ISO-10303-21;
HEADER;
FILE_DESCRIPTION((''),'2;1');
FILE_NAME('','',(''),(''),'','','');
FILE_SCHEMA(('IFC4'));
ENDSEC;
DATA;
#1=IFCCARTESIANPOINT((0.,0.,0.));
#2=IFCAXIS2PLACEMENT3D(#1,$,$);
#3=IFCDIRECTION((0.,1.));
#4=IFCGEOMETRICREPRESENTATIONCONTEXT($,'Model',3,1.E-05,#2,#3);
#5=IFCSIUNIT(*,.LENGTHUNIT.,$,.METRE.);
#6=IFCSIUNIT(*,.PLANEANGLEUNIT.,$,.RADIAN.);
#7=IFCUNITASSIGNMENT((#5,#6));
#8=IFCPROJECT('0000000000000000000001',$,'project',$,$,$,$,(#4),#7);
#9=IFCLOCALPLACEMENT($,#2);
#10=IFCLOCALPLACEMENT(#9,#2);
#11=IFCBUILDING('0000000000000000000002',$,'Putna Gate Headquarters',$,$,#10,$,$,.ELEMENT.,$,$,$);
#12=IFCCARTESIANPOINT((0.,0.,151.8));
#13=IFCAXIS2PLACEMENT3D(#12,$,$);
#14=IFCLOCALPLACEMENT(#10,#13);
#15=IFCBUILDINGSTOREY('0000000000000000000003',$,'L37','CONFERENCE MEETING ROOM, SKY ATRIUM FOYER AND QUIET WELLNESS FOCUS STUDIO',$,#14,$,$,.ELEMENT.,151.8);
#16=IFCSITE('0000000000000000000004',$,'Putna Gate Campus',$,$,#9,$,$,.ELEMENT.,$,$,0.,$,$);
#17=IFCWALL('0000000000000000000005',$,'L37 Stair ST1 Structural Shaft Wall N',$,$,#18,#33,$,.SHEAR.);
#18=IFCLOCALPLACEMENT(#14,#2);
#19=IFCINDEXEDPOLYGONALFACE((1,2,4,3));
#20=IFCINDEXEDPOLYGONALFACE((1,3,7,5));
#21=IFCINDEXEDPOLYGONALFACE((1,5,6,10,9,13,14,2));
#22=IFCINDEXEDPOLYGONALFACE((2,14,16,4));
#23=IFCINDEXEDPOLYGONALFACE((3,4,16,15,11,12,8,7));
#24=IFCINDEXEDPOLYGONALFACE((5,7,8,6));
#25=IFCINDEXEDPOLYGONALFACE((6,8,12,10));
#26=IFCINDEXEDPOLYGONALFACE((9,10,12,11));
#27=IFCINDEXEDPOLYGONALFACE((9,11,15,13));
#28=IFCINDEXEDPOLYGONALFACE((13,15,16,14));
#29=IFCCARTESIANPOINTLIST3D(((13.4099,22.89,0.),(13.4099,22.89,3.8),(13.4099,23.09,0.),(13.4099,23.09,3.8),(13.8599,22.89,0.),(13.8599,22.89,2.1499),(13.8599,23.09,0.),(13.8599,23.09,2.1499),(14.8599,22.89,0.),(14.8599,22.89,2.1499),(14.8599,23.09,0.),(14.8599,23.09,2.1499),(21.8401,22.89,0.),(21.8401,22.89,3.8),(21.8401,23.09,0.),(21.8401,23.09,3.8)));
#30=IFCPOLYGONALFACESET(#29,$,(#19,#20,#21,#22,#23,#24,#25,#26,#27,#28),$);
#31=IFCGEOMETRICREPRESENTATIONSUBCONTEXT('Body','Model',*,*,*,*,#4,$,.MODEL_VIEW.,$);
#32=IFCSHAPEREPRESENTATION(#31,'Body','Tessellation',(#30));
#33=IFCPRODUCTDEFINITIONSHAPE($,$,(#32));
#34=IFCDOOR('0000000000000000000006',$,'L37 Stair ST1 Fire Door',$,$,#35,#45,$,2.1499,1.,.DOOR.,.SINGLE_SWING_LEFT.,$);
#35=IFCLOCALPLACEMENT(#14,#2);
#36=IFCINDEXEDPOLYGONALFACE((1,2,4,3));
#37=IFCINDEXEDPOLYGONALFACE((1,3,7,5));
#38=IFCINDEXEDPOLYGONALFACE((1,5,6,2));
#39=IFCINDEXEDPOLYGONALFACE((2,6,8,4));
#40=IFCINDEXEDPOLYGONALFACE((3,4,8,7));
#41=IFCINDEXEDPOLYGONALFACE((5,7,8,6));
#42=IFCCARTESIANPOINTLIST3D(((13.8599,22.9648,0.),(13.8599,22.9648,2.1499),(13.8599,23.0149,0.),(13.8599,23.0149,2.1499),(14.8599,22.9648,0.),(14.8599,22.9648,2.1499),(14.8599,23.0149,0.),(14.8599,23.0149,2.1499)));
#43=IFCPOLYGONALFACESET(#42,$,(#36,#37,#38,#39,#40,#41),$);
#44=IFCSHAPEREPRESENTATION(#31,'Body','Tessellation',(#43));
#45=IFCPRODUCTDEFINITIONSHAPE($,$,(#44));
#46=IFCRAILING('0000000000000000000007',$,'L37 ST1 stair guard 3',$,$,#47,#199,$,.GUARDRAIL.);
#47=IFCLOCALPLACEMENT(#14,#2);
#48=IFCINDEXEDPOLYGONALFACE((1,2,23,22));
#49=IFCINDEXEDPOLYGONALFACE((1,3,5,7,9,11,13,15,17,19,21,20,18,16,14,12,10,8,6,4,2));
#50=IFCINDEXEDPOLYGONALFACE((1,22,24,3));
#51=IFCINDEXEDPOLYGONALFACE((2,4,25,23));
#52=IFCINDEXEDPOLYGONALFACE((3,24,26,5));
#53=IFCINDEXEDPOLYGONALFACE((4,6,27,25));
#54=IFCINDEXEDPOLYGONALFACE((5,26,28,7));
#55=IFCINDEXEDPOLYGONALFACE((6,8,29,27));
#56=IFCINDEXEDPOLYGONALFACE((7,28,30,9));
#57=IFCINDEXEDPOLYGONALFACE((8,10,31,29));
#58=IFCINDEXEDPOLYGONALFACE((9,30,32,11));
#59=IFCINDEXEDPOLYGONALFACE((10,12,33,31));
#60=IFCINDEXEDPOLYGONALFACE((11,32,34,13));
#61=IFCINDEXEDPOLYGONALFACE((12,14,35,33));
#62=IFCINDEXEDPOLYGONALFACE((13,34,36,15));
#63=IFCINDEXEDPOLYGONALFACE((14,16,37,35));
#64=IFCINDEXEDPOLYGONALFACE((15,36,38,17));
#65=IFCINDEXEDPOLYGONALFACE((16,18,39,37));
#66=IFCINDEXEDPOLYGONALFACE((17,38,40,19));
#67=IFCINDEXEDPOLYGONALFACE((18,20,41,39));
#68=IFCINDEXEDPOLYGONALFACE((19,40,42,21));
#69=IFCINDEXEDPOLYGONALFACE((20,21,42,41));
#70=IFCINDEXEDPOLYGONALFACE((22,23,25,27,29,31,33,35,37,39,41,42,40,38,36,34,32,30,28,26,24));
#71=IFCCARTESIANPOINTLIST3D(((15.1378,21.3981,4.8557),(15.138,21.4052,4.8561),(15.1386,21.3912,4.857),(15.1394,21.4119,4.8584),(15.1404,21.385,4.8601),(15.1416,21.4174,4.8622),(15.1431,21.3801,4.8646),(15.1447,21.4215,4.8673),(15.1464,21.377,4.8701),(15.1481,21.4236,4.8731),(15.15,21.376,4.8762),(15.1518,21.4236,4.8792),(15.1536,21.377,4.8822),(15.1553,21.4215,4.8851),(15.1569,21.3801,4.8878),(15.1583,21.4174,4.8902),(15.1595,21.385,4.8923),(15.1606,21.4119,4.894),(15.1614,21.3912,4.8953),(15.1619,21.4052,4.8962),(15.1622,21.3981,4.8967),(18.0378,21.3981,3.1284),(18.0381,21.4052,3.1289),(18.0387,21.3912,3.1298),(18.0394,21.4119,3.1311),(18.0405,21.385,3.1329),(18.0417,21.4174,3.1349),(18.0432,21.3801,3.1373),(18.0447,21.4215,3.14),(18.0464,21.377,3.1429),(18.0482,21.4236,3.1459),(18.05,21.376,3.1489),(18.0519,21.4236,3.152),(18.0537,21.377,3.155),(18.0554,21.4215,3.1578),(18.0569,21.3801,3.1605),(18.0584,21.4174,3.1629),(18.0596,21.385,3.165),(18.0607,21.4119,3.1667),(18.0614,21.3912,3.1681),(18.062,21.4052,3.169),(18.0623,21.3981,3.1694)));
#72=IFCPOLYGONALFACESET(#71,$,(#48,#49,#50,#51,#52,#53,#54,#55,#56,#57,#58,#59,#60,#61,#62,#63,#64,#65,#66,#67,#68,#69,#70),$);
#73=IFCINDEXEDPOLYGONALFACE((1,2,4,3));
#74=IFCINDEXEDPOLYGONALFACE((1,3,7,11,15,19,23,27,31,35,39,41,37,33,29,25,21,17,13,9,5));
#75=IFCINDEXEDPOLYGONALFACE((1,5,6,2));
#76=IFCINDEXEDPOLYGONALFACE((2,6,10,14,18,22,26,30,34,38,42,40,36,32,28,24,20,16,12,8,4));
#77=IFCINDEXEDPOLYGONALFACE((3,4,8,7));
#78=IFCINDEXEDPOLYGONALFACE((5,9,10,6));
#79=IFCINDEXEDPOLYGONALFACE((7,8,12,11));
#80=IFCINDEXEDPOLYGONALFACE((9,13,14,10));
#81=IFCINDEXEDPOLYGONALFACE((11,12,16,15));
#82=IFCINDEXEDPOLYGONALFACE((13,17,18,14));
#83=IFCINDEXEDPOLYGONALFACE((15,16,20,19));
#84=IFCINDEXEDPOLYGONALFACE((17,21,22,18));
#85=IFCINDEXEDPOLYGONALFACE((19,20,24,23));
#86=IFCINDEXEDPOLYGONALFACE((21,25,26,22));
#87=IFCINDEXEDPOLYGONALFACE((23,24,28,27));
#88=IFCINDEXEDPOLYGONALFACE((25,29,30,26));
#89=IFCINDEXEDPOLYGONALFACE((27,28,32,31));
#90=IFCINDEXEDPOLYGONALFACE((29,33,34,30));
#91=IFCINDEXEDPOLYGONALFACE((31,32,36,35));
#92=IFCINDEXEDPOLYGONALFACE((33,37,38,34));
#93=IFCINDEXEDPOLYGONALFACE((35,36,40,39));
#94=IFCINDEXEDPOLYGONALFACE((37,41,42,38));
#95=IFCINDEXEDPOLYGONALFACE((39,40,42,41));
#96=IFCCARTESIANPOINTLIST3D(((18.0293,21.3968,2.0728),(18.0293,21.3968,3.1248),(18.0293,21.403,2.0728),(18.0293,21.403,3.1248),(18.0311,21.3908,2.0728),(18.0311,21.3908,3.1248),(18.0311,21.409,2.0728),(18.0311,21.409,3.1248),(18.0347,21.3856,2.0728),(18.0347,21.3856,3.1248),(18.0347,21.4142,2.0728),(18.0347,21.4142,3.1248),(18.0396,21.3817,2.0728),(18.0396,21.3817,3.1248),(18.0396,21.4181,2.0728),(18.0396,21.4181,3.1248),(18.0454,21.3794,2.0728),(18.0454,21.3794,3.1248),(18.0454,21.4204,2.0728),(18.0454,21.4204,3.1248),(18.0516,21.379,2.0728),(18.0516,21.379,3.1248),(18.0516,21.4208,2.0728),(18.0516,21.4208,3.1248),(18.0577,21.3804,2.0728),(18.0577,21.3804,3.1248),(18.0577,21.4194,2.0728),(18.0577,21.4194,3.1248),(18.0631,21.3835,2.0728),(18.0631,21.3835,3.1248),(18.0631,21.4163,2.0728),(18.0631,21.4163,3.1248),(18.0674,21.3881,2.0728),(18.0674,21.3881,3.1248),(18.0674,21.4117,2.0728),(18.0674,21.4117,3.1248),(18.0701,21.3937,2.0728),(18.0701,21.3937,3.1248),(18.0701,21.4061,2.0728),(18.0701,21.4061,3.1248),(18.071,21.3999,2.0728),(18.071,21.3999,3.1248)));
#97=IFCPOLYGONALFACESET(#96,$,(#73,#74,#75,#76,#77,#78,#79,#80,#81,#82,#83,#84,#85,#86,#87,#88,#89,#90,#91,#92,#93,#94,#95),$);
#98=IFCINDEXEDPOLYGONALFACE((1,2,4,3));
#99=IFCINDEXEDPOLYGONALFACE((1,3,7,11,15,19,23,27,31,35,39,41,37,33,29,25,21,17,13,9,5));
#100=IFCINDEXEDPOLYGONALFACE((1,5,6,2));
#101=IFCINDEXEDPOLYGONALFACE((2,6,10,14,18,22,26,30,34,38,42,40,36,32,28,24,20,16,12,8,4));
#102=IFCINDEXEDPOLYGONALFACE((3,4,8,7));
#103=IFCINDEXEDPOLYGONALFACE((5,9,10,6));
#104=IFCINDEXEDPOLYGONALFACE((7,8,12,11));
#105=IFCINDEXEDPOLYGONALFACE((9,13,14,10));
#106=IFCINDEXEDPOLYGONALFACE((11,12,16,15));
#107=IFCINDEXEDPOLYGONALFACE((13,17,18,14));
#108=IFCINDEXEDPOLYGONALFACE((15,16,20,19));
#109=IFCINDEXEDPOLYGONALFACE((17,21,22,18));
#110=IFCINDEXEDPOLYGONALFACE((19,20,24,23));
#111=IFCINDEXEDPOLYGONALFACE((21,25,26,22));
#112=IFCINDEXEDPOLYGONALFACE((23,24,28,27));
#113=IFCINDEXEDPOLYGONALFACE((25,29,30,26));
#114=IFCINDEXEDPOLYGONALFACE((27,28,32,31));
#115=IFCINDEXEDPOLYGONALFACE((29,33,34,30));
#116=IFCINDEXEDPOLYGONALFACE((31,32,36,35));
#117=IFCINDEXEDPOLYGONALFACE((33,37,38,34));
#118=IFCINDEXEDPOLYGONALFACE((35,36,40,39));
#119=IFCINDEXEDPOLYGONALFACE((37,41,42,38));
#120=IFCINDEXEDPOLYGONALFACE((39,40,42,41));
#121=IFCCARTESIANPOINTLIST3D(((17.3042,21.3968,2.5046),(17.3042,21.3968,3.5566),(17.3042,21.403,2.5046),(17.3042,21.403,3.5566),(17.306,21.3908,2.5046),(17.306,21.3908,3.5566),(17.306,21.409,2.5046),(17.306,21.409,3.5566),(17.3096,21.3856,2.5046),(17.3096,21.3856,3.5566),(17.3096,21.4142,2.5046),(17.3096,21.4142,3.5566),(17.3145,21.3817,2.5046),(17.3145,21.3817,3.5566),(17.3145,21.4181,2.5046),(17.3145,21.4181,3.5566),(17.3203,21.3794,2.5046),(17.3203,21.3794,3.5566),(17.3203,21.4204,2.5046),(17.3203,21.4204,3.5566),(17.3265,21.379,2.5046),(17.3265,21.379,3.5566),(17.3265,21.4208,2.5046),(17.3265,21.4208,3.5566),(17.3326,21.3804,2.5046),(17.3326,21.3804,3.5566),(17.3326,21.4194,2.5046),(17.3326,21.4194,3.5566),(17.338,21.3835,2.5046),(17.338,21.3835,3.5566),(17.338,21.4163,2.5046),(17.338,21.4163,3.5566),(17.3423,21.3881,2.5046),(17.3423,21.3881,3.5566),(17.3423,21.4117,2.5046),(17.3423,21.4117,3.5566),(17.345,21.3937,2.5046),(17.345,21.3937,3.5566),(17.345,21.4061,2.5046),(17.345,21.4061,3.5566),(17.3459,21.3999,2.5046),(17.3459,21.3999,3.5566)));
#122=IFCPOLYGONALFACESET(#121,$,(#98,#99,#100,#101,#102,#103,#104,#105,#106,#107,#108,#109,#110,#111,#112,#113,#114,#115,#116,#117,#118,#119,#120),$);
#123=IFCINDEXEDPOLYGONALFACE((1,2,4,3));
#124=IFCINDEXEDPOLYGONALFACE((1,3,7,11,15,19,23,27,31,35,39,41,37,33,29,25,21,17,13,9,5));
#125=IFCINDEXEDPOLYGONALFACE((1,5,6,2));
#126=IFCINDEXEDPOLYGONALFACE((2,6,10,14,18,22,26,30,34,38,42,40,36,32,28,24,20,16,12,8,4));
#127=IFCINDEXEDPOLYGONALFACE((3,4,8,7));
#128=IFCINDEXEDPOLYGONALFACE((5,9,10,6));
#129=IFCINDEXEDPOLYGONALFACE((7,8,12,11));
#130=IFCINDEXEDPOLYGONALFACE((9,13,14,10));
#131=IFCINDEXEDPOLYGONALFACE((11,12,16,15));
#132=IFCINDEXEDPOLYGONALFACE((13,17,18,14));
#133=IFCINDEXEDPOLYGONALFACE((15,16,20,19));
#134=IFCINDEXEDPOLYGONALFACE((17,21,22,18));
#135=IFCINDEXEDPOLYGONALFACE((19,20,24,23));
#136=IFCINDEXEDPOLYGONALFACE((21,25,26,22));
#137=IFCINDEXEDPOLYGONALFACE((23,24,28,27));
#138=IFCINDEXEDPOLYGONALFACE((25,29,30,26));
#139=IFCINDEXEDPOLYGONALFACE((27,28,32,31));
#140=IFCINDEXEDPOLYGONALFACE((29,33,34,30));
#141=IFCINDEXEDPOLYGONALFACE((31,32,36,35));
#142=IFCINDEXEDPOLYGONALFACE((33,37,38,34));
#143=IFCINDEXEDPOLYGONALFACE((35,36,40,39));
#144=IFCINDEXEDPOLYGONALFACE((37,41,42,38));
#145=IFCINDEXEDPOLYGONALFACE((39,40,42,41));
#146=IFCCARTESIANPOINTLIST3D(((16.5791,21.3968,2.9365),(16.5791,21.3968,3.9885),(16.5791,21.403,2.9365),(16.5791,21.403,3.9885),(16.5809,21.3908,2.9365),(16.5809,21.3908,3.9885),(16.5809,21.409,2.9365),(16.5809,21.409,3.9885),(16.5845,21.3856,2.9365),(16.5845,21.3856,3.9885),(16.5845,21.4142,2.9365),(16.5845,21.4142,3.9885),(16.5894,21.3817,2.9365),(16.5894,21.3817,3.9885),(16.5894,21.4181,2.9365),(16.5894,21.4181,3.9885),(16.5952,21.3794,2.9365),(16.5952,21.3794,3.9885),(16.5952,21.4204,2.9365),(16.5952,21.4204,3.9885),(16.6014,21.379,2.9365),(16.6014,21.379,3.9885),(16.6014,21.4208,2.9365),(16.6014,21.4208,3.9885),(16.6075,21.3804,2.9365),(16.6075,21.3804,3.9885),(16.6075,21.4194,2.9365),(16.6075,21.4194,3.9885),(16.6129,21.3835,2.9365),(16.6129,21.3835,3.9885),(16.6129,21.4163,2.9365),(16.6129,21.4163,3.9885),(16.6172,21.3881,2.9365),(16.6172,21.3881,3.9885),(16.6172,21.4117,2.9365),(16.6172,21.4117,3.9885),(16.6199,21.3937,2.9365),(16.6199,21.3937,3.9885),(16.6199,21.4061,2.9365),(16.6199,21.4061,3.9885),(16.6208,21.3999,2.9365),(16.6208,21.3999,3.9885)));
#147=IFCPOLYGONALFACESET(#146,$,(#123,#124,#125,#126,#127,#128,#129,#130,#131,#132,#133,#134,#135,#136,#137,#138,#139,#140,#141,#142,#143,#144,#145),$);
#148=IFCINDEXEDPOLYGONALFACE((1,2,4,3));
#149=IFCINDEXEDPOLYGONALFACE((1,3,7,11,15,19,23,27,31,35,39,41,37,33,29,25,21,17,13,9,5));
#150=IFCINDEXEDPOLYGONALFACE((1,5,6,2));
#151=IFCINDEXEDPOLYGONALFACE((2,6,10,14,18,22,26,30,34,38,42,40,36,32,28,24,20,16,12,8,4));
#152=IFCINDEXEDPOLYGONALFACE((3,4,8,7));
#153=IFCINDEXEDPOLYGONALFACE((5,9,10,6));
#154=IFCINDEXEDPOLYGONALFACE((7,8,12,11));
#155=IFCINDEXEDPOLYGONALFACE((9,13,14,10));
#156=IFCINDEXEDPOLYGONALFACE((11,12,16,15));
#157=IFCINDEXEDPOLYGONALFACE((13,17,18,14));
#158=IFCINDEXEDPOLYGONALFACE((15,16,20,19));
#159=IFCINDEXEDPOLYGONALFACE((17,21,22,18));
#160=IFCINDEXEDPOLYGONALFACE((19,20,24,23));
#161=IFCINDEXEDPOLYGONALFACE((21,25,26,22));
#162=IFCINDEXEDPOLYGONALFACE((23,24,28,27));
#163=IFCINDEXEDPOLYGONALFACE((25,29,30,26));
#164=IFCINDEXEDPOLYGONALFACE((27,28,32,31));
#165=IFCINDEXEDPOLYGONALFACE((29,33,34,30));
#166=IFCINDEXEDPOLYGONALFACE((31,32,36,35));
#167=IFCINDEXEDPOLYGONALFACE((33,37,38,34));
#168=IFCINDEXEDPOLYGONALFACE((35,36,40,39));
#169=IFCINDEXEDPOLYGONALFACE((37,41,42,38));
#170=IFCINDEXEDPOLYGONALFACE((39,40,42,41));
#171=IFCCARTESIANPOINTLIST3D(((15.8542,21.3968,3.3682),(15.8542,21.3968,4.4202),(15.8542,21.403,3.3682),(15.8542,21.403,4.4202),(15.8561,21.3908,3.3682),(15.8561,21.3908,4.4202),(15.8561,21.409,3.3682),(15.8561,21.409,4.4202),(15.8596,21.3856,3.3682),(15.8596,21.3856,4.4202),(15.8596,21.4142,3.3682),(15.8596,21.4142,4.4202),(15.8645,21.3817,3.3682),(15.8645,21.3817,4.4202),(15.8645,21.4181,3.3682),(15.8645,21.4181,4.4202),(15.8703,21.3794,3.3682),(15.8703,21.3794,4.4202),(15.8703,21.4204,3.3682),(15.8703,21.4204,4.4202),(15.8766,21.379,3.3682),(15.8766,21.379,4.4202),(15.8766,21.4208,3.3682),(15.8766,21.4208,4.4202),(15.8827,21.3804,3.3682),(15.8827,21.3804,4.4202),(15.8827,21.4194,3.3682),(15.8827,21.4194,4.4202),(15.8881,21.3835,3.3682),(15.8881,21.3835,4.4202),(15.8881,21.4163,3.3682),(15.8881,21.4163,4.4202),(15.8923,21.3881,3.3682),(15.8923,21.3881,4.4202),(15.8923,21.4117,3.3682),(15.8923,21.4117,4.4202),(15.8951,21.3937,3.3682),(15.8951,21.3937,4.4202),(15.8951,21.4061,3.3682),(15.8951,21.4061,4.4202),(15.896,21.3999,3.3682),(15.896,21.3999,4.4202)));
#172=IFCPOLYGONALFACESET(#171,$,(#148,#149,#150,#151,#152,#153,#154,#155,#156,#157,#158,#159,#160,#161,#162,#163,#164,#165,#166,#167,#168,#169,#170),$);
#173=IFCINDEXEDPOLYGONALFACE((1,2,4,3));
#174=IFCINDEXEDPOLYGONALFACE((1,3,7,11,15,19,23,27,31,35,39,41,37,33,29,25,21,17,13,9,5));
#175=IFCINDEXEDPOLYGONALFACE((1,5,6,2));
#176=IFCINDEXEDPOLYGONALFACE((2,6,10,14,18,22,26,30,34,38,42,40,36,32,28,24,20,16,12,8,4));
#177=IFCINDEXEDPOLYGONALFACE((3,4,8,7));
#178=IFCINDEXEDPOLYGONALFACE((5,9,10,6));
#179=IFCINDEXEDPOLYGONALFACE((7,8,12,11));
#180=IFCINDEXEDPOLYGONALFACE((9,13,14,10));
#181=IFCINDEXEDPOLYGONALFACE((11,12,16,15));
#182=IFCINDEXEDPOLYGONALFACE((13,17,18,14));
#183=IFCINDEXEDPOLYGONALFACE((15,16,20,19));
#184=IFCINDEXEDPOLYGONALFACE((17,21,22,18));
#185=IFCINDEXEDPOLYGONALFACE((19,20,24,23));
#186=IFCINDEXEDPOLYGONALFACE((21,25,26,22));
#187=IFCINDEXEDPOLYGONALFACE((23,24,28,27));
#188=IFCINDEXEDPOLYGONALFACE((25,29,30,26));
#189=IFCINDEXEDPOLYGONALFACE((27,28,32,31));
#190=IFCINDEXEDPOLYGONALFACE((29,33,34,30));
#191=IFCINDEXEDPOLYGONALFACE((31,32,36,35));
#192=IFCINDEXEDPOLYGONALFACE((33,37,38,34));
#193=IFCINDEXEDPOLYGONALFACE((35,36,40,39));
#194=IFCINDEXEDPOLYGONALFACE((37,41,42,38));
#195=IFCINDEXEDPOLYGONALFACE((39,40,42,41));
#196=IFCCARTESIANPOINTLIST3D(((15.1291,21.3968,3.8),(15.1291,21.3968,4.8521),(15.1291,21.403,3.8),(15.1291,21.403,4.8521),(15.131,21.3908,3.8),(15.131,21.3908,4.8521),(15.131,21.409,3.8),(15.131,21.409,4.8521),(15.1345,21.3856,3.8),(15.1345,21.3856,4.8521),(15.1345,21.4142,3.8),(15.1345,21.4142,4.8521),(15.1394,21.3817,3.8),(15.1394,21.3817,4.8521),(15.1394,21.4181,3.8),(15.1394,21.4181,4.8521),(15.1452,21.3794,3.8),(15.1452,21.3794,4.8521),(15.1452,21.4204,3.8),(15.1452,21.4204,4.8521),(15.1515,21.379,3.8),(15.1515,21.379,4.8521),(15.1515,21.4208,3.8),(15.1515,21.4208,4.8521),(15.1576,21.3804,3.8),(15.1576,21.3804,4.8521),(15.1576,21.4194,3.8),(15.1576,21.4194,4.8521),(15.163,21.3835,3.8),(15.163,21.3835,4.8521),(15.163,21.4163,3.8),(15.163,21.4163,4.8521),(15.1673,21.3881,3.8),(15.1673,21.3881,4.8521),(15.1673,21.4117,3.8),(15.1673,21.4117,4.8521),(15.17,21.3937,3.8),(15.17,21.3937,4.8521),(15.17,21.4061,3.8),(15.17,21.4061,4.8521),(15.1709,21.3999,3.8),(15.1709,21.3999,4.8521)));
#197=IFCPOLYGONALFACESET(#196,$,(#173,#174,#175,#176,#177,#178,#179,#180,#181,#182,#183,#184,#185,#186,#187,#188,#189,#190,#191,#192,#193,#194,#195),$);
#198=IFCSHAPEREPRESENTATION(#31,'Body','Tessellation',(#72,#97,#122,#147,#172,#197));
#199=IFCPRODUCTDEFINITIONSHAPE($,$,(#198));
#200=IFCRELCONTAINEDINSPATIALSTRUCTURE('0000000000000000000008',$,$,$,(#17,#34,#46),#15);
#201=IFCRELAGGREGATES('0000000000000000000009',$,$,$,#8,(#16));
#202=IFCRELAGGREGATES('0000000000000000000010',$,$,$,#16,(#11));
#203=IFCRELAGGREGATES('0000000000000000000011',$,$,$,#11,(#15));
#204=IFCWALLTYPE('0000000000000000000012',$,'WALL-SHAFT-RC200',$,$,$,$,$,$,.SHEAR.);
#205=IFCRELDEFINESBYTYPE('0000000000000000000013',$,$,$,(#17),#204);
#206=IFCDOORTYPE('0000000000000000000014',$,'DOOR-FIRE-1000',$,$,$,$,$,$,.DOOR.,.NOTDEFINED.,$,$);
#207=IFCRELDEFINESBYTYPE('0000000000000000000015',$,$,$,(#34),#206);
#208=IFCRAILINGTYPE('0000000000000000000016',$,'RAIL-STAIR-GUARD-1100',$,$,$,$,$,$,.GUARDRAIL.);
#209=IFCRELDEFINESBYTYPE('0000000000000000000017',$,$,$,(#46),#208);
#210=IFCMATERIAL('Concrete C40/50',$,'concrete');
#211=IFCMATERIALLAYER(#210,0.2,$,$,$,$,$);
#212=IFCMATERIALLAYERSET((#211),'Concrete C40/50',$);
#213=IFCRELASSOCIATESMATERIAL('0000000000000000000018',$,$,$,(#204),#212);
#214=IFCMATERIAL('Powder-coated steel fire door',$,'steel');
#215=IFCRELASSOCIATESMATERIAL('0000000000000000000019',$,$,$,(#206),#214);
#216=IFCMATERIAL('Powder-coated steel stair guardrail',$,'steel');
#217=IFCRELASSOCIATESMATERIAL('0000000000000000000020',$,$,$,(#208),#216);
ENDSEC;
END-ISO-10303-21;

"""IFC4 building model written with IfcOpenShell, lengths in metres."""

from ifc_helpers import new_model, si_unit, direction, frame, frame_2d, origin, origin_2d, place, context, subcontext, project, spatial, rectangle, circle, extrude, material, layer, layer_set, type_object, element, fill, save


model = new_model("IFC4")

# Units and contexts
model_context = context("Model", 3, precision=1e-05, world=origin(), true_north=direction((0.0, 1.0)))
body_context = subcontext(model_context, "Body", "Model", "MODEL_VIEW")
ifc_project = project(units=[si_unit("LENGTHUNIT", "METRE"), si_unit("PLANEANGLEUNIT", "RADIAN")], contexts=[model_context])

# Site, building, storey
site_placement = place(None, origin())
site = spatial("IfcSite", under=ifc_project, at=site_placement, Name="Putna Gate Campus", CompositionType="ELEMENT", RefElevation=0.0)
building_placement = place(site_placement, origin())
building = spatial("IfcBuilding", under=site, at=building_placement, Name="Putna Gate Headquarters", CompositionType="ELEMENT")
storey_placement = place(building_placement, frame((0.0, 0.0, 151.8)))
storey = spatial("IfcBuildingStorey", under=building, at=storey_placement, Name="L37", Description="CONFERENCE MEETING ROOM, SKY ATRIUM FOYER AND QUIET WELLNESS FOCUS STUDIO", CompositionType="ELEMENT", Elevation=151.8)

# Shared definitions
ifc_material_1 = material(Name="Concrete C40/50", Category="concrete")

# Wall, opening, door
ifc_layer_1 = layer(ifc_material_1, 0.2)
ifc_layer_set_1 = layer_set([ifc_layer_1], Name="Concrete C40/50")
wall_type_1 = type_object("IfcWallType", Name="WALL-SHAFT-RC200", PredefinedType="SHEAR", material=ifc_layer_set_1)
wall_1_placement = place(storey_placement, frame((13.4099, 22.99, 0.0), z_axis=(0.0, 0.0, 1.0), x_axis=(1.0, 0.0, 0.0)))
wall_1 = element("IfcWall", 1, at=wall_1_placement, inside=storey, type_object=wall_type_1, Name="L37 Stair ST1 Structural Shaft Wall N", PredefinedType="SHEAR", context=body_context, shape_type="SweptSolid", body=[
    extrude(rectangle(XDim=8.4302, YDim=0.2, at=frame_2d((4.2151, 0.0))), origin(), (0.0, 0.0, 1.0), 3.8),
])
opening_1_placement = place(wall_1_placement, frame((0.45, 0.0, 0.0)))
opening_1 = element("IfcOpeningElement", 2, at=opening_1_placement, cuts=wall_1, PredefinedType="OPENING", context=body_context, shape_type="SweptSolid", body=[
    extrude(rectangle(XDim=1.0, YDim=2.1499, at=frame_2d((0.5, 1.075))), frame((0.0, 0.1099, 0.0), z_axis=(0.0, -1.0, 0.0), x_axis=(1.0, 0.0, 0.0)), (0.0, 0.0, 1.0), 0.22),
])
ifc_material_2 = material(Name="Powder-coated steel fire door", Category="steel")
door_type_1 = type_object("IfcDoorType", Name="DOOR-FIRE-1000", OperationType="NOTDEFINED", PredefinedType="DOOR", material=ifc_material_2)
door_1_placement = place(opening_1_placement, origin())
door_1 = element("IfcDoor", 3, at=door_1_placement, inside=storey, type_object=door_type_1, Name="L37 Stair ST1 Fire Door", OperationType="SINGLE_SWING_LEFT", OverallHeight=2.1499, OverallWidth=1.0, PredefinedType="DOOR", context=body_context, shape_type="SweptSolid", body=[
    extrude(rectangle(XDim=1.0, YDim=2.1499, at=frame_2d((0.5, 1.075))), frame((0.0, 0.0249, 0.0), z_axis=(0.0, -1.0, 0.0), x_axis=(1.0, 0.0, 0.0)), (0.0, 0.0, 1.0), 0.05),
])
fill(opening_1, door_1)

# Railing
ifc_material_3 = material(Name="Powder-coated steel stair guardrail", Category="steel")
railing_type = type_object("IfcRailingType", Name="RAIL-STAIR-GUARD-1100", PredefinedType="GUARDRAIL", material=ifc_material_3)
railing_placement = place(storey_placement, frame((18.05, 21.3999, 2.0728)))
element("IfcRailing", 4, at=railing_placement, inside=storey, type_object=railing_type, Name="L37 ST1 stair guard 3", PredefinedType="GUARDRAIL", context=body_context, shape_type="SweptSolid", body=[
    extrude(circle(Radius=0.0239, at=origin_2d()), frame((0.0, 0.0, 1.0762), z_axis=(-0.85916, 0.0, 0.511706), x_axis=(0.0, -1.0, 0.0)), (0.0, 0.0, 1.0), 3.3755),
    extrude(circle(Radius=0.021, at=origin_2d()), origin(), (0.0, 0.0, 1.0), 1.052),
    extrude(circle(Radius=0.021, at=origin_2d()), frame((-0.7251, 0.0, 0.4319)), (0.0, 0.0, 1.0), 1.052),
    extrude(circle(Radius=0.021, at=origin_2d()), frame((-1.4502, 0.0, 0.8638)), (0.0, 0.0, 1.0), 1.052),
    extrude(circle(Radius=0.021, at=origin_2d()), frame((-2.175, 0.0, 1.2954)), (0.0, 0.0, 1.0), 1.052),
    extrude(circle(Radius=0.021, at=origin_2d()), frame((-2.9001, 0.0, 1.7273)), (0.0, 0.0, 1.0), 1.052),
])

save(model, "model.ifc")
